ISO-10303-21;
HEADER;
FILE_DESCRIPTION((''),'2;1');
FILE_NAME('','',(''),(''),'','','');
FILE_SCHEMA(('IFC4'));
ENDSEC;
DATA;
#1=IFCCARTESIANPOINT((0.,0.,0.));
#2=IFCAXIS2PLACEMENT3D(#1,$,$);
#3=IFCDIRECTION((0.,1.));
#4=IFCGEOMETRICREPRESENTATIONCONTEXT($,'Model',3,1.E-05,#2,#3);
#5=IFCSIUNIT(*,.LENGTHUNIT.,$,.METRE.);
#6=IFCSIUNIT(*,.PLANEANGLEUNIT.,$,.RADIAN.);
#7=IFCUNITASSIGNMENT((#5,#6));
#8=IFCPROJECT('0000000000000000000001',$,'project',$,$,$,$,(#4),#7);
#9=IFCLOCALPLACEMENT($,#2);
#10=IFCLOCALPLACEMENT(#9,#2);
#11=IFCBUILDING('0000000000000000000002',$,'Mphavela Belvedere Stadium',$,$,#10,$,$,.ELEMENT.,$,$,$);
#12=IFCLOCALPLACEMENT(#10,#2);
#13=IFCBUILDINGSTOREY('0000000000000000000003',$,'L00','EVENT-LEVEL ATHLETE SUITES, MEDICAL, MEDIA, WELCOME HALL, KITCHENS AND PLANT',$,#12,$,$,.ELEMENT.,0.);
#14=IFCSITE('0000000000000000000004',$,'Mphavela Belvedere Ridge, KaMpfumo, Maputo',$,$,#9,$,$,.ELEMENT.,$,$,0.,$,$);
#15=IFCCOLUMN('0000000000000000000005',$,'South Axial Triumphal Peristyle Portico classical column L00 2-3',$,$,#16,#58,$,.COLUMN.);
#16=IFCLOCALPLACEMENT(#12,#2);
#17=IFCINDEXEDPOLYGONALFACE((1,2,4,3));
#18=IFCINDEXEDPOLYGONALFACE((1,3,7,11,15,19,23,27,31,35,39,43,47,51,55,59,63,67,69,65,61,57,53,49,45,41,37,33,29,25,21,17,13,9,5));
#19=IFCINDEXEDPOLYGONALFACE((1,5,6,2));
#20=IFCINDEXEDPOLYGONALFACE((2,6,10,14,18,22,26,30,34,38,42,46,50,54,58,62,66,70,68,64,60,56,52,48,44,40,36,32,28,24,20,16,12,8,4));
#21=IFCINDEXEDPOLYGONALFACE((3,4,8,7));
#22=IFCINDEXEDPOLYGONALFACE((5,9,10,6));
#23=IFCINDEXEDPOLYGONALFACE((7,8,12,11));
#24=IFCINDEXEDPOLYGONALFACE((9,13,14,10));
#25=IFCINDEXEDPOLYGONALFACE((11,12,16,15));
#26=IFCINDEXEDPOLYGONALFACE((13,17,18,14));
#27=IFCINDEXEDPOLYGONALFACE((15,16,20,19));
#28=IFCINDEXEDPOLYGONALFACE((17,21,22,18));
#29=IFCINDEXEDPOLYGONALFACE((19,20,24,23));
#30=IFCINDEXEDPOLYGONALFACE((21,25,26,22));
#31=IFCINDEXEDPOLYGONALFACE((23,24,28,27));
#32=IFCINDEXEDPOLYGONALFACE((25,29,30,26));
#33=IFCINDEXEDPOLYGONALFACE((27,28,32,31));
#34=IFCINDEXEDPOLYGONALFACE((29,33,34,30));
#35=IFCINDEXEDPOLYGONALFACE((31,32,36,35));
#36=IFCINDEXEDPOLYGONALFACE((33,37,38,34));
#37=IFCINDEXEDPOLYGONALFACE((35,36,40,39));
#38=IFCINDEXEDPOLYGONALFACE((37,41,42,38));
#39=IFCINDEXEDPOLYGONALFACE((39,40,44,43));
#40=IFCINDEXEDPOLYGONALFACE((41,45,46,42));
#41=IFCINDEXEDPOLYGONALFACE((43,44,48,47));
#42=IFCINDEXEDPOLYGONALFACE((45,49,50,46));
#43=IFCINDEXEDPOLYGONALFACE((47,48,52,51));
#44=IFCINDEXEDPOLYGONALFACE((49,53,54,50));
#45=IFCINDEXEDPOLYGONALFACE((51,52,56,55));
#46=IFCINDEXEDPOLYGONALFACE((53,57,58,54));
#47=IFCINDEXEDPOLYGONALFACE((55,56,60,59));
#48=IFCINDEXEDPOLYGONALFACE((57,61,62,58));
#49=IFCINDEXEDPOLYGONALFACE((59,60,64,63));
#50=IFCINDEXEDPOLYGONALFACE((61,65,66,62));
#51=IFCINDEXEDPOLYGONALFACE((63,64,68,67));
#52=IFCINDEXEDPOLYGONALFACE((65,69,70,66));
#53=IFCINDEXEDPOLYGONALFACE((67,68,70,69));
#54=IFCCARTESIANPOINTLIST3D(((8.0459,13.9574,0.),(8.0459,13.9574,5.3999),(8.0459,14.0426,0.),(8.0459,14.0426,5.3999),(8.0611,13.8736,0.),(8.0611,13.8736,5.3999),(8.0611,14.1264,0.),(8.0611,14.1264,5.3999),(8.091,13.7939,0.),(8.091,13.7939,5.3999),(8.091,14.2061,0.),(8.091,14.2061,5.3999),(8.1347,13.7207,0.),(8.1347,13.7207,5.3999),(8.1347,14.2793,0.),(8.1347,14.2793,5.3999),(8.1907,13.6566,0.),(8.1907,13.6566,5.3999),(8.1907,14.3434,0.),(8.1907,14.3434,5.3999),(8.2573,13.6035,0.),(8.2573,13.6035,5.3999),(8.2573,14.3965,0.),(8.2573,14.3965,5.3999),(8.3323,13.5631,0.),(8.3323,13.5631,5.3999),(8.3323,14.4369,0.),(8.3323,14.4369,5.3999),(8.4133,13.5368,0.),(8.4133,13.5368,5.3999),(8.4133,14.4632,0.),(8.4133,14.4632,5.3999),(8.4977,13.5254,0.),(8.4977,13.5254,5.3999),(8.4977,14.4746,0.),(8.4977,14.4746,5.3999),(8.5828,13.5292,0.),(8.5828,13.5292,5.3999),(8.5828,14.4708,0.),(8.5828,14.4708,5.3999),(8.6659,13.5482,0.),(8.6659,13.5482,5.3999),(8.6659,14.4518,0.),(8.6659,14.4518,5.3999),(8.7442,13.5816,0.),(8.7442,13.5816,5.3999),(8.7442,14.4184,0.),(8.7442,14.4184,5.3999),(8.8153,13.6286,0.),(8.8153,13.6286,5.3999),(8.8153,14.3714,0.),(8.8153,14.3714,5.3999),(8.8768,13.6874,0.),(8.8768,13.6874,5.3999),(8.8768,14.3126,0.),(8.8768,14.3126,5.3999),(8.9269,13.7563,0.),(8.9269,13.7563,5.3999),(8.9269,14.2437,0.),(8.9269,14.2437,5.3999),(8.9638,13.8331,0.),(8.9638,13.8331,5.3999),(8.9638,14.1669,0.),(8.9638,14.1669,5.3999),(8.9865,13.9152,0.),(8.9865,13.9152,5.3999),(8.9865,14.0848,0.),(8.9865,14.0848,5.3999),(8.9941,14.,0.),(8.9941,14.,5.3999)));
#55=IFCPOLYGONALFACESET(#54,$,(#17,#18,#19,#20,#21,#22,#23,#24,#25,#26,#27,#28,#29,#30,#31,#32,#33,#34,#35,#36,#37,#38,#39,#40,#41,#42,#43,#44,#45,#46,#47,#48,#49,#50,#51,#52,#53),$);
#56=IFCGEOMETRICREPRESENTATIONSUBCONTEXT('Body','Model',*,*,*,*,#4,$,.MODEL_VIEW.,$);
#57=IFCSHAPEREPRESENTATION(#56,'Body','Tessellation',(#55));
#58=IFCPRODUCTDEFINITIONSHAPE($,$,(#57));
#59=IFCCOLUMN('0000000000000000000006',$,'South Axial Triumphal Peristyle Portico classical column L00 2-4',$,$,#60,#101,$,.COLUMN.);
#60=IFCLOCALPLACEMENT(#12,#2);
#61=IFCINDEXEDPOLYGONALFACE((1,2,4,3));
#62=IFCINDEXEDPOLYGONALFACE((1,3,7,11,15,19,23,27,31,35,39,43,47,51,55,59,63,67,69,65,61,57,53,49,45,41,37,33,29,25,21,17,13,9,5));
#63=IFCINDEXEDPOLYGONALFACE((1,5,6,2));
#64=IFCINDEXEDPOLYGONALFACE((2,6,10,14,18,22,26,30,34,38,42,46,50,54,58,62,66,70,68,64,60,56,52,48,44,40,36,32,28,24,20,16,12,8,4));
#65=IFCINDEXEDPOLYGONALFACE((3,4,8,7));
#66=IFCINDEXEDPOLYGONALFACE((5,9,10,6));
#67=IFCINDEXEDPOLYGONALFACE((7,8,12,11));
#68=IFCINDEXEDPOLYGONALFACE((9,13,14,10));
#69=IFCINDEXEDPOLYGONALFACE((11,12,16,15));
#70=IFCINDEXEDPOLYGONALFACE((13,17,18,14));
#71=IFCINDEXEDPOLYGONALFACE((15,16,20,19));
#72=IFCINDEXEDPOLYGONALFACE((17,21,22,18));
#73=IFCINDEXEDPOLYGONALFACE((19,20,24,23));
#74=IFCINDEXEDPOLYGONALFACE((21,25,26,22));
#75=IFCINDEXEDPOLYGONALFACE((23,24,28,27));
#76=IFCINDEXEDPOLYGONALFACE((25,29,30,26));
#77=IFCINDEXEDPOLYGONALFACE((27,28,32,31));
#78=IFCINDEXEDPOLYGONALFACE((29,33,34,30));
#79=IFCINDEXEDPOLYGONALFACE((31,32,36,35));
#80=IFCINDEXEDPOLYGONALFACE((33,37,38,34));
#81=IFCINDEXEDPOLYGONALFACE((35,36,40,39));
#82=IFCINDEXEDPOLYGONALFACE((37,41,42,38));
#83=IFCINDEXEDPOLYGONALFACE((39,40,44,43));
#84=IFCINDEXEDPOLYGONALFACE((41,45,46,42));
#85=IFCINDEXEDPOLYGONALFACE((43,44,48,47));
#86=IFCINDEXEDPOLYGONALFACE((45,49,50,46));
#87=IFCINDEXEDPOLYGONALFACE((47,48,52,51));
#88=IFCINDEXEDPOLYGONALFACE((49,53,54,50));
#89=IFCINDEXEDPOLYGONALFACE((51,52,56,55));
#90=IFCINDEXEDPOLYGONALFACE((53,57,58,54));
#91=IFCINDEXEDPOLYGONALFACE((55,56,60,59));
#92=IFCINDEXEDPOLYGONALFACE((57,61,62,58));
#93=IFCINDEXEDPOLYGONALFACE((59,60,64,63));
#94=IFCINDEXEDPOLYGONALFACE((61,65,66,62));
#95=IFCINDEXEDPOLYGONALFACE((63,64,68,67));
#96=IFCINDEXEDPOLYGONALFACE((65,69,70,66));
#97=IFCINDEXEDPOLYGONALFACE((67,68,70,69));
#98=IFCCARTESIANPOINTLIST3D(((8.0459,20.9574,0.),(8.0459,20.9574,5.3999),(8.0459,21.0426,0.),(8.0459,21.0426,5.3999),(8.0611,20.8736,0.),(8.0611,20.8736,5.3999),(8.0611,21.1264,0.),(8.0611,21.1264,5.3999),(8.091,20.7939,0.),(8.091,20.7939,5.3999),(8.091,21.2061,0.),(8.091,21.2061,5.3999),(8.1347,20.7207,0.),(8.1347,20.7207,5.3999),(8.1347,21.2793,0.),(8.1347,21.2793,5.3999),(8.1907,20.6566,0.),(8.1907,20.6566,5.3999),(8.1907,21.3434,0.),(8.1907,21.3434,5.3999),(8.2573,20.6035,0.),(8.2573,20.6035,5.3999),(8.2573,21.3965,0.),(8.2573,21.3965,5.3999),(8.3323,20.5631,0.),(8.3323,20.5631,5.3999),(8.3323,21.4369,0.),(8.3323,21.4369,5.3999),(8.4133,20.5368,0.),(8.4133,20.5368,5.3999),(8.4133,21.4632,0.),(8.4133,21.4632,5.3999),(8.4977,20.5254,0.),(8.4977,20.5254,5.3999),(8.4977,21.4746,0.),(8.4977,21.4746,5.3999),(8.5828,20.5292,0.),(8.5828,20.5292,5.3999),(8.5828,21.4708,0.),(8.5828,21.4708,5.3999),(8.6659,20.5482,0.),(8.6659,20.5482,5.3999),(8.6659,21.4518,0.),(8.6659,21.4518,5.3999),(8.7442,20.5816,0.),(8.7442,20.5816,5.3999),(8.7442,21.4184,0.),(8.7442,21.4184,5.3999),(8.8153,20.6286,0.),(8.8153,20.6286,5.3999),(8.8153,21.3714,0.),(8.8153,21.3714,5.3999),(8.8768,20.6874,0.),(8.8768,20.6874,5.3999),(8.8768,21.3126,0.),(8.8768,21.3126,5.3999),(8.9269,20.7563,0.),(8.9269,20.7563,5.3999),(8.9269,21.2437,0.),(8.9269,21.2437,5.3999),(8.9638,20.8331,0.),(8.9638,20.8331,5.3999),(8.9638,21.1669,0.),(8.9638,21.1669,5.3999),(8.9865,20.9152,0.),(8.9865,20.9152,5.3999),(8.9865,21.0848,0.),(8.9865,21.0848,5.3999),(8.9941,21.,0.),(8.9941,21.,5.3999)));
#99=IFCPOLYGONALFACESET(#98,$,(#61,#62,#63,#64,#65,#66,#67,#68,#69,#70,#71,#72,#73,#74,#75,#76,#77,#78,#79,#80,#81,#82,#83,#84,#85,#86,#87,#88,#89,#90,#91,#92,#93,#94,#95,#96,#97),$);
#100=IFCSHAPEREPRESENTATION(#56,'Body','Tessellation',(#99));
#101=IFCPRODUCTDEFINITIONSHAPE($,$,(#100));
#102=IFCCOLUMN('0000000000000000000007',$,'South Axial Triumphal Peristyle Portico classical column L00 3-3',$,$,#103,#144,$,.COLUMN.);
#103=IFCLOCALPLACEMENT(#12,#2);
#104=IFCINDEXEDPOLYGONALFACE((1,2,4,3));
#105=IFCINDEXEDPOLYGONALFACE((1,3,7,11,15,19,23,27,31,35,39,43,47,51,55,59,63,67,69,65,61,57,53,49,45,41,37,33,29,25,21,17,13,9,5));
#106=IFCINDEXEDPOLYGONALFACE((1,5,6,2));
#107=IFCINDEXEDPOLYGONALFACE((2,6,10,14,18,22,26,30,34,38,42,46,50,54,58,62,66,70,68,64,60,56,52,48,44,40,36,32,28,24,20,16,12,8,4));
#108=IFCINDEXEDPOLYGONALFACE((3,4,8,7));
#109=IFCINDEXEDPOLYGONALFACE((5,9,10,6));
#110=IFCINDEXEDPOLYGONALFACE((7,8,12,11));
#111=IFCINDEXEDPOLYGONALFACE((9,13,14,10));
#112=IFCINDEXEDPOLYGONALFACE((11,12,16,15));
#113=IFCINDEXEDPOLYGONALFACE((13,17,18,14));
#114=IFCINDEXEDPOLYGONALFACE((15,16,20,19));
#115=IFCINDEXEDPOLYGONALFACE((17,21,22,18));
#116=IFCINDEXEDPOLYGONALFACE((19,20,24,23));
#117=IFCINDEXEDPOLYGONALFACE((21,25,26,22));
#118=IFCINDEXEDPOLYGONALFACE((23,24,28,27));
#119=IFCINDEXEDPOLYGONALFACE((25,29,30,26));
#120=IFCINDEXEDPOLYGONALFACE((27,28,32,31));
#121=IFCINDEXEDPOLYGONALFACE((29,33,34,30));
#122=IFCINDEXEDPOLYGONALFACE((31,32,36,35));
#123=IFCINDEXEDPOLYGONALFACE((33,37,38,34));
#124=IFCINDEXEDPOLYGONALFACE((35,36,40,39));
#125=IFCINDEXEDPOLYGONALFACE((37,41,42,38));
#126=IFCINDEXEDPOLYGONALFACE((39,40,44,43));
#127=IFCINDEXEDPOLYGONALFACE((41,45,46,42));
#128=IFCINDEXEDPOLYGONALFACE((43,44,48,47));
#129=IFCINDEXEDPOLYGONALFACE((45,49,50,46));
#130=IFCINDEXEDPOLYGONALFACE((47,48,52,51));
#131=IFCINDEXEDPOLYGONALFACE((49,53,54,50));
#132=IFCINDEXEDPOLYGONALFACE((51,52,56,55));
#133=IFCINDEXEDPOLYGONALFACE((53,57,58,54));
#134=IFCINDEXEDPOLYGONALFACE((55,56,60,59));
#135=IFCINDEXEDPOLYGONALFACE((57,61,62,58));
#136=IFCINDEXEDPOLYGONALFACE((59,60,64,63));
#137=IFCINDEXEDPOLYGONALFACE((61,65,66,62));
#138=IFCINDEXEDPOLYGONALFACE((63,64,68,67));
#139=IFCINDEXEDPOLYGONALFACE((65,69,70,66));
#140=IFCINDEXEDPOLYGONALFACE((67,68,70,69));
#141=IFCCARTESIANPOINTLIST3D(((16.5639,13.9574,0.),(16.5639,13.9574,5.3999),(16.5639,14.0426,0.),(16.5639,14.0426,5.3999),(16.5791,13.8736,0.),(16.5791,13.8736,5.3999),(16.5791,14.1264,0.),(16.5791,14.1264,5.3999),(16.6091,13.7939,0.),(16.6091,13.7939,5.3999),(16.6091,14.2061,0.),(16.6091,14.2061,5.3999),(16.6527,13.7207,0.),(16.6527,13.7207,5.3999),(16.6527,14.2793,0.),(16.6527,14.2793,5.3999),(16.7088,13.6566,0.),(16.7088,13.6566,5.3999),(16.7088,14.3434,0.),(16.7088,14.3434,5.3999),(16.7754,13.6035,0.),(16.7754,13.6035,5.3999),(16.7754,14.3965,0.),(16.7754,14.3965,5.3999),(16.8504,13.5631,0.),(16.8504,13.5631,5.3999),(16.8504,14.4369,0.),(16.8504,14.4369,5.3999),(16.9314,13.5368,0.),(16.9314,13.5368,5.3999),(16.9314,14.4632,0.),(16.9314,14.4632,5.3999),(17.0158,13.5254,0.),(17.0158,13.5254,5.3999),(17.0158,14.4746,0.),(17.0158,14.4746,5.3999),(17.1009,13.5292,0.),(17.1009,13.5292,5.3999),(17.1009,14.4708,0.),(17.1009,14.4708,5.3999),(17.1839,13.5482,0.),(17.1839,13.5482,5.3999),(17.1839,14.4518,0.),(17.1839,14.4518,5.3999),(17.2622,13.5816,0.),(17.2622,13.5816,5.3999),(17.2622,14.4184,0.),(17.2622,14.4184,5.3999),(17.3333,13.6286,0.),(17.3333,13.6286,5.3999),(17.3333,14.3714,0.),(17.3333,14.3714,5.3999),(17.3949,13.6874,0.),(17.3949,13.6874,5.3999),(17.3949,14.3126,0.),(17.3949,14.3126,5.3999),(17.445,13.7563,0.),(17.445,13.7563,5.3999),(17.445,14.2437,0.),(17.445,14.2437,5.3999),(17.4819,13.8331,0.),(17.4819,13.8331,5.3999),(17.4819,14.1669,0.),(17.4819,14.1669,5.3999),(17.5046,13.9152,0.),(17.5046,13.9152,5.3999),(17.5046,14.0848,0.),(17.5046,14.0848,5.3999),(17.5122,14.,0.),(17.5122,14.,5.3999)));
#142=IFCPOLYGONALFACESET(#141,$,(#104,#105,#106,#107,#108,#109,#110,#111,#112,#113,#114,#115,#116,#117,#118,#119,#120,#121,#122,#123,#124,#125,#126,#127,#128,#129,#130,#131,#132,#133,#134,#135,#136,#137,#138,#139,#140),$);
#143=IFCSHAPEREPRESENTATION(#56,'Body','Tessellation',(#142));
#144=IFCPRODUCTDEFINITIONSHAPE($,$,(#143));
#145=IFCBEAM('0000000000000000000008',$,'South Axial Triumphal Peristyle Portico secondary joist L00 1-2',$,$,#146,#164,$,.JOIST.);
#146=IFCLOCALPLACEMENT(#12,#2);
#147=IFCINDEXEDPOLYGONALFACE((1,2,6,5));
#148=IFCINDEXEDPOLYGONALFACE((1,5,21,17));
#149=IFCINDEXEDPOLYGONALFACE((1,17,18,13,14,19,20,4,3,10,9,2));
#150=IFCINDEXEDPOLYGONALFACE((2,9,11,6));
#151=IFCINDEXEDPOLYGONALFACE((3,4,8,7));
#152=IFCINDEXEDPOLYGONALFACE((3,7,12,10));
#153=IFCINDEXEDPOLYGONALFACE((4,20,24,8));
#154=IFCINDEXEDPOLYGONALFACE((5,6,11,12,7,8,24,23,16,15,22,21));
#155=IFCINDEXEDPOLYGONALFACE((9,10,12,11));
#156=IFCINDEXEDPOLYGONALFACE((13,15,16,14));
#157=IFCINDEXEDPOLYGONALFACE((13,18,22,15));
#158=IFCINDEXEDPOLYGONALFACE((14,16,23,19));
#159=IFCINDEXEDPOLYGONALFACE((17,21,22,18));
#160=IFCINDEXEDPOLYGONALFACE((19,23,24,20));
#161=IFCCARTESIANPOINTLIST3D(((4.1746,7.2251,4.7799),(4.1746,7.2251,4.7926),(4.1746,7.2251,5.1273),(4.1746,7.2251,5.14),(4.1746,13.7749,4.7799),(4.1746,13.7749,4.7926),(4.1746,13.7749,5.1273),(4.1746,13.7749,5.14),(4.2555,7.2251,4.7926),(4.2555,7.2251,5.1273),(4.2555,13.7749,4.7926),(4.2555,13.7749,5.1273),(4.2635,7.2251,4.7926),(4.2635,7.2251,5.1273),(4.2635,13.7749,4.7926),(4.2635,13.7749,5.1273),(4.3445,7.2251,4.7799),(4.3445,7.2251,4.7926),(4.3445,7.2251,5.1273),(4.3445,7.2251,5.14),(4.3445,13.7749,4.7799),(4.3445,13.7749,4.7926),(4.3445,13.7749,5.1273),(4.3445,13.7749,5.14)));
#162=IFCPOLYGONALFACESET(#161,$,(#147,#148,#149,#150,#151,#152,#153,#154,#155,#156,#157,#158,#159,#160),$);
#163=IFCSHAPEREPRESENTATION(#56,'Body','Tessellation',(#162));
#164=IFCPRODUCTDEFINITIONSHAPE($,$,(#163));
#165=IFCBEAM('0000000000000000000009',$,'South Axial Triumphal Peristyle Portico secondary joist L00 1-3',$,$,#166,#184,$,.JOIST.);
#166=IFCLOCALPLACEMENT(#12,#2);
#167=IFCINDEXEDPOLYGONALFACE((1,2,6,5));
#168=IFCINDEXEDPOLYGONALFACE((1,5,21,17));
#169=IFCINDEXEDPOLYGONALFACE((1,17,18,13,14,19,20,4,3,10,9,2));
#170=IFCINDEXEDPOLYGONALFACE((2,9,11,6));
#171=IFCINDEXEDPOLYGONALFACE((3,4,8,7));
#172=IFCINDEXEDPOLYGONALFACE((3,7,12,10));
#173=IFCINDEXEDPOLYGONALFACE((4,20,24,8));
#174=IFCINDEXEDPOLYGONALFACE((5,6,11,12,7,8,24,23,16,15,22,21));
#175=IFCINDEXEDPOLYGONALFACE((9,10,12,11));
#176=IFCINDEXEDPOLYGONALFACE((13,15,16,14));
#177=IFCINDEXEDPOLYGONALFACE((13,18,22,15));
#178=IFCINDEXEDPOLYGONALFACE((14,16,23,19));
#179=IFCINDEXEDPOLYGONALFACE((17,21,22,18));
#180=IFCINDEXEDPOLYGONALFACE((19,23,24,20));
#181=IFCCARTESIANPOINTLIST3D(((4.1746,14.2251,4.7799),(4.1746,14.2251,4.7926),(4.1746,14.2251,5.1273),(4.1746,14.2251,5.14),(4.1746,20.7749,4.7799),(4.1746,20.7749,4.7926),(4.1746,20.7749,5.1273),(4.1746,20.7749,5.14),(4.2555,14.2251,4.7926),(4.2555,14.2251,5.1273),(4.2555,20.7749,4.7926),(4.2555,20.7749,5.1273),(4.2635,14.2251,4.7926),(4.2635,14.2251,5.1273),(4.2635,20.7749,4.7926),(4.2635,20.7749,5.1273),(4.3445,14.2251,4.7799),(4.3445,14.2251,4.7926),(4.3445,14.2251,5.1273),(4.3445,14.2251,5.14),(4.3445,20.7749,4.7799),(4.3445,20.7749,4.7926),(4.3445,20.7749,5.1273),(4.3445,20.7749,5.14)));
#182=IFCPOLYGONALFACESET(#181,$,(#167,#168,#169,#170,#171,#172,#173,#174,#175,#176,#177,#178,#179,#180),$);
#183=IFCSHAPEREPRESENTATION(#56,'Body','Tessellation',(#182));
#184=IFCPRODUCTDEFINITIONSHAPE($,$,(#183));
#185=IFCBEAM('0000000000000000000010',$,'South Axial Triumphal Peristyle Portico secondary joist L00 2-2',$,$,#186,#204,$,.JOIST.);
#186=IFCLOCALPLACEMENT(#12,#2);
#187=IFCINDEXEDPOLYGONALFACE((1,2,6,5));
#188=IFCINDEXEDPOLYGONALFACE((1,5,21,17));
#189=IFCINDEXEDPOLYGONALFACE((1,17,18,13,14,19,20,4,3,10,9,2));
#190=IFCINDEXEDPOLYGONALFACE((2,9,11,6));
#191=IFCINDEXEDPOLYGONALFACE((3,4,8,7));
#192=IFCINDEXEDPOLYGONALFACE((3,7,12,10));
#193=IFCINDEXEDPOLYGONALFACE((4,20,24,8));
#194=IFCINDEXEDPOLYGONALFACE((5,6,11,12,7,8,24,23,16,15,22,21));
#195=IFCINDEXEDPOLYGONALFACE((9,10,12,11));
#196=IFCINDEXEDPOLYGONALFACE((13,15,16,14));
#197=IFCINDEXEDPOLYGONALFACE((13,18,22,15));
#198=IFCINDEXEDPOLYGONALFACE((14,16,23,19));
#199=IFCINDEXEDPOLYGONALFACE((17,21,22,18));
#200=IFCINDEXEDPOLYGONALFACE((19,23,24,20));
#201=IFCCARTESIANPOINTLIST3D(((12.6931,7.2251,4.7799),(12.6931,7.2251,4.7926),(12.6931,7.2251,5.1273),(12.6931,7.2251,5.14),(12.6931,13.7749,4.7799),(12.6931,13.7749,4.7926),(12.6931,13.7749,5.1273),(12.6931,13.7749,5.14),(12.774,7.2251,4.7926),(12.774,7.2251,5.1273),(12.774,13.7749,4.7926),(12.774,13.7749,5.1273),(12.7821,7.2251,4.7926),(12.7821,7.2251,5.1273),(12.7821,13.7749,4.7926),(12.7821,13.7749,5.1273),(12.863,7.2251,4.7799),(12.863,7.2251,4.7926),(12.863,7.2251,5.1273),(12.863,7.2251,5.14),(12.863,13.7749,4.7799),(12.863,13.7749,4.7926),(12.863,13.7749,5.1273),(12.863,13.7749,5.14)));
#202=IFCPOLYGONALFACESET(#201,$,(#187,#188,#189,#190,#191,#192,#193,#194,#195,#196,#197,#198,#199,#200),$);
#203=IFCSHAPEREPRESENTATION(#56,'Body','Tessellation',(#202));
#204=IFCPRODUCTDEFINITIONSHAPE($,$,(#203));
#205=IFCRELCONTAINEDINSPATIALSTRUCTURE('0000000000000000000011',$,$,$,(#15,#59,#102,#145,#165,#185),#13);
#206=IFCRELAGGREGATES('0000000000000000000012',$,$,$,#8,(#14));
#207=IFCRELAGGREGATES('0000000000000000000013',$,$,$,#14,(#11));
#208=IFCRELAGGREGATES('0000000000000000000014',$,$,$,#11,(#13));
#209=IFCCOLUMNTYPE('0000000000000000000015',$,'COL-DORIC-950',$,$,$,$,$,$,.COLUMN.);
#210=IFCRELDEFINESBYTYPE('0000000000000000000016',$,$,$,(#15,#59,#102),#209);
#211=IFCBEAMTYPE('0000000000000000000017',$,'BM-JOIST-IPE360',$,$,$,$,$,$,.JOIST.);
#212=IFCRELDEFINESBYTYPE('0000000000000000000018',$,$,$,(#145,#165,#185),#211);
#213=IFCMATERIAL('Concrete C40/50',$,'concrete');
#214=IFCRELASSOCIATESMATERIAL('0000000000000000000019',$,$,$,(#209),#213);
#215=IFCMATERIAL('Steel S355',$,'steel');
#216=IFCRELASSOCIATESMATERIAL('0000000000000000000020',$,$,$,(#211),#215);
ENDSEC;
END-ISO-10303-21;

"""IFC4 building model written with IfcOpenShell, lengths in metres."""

from ifc_helpers import new_model, si_unit, direction, frame, origin, origin_2d, place, context, subcontext, project, spatial, circle, i_section, extrude, material, material_profile, profile_set, type_object, element, save


model = new_model("IFC4")

# Units and contexts
model_context = context("Model", 3, precision=1e-05, world=origin(), true_north=direction((0.0, 1.0)))
body_context = subcontext(model_context, "Body", "Model", "MODEL_VIEW")
ifc_project = project(units=[si_unit("LENGTHUNIT", "METRE"), si_unit("PLANEANGLEUNIT", "RADIAN")], contexts=[model_context])

# Site, building, storey
site_placement = place(None, origin())
site = spatial("IfcSite", under=ifc_project, at=site_placement, Name="Mphavela Belvedere Ridge, KaMpfumo, Maputo", CompositionType="ELEMENT", RefElevation=0.0)
building_placement = place(site_placement, origin())
building = spatial("IfcBuilding", under=site, at=building_placement, Name="Mphavela Belvedere Stadium", CompositionType="ELEMENT")
storey_placement = place(building_placement, origin())
storey = spatial("IfcBuildingStorey", under=building, at=storey_placement, Name="L00", Description="EVENT-LEVEL ATHLETE SUITES, MEDICAL, MEDIA, WELCOME HALL, KITCHENS AND PLANT", CompositionType="ELEMENT", Elevation=0.0)

# Columns
ifc_material_1 = material(Name="Concrete C40/50", Category="concrete")
ifc_material_profile_1 = material_profile(ifc_material_1, circle(Radius=0.4751, at=origin_2d()), Name="COL D950")
ifc_profile_set_1 = profile_set([ifc_material_profile_1], Name="Concrete C40/50")
column_type = type_object("IfcColumnType", Name="COL-DORIC-950", PredefinedType="COLUMN", material=ifc_profile_set_1)
for number, where, z_axis, x_axis, name in (
    (1, (8.519, 14.0, 0.0), (0.0, 0.0, 1.0), (1.0, 0.0, 0.0), "South Axial Triumphal Peristyle Portico classical column L00 2-3"),
    (2, (8.519, 21.0, 0.0), (0.0, 0.0, 1.0), (1.0, 0.0, 0.0), "South Axial Triumphal Peristyle Portico classical column L00 2-4"),
    (3, (17.0371, 14.0, 0.0), (0.0, 0.0, 1.0), (1.0, 0.0, 0.0), "South Axial Triumphal Peristyle Portico classical column L00 3-3"),
):
    element("IfcColumn", number, at=place(storey_placement, frame(where, z_axis=z_axis, x_axis=x_axis)), inside=storey, type_object=column_type, Name=name, PredefinedType="COLUMN", context=body_context, shape_type="SweptSolid", body=[
        extrude(circle(Radius=0.4751, at=origin_2d()), origin(), (0.0, 0.0, 1.0), 5.3999),
    ])

# Beams
ifc_material_2 = material(Name="Steel S355", Category="steel")
ifc_material_profile_2 = material_profile(ifc_material_2, i_section(OverallWidth=0.1699, OverallDepth=0.3601, WebThickness=0.0081, FlangeThickness=0.0127, at=origin_2d()), Name="IPE 360")
ifc_profile_set_2 = profile_set([ifc_material_profile_2], Name="Steel S355")
beam_type_1 = type_object("IfcBeamType", Name="BM-JOIST-IPE360", PredefinedType="JOIST", material=ifc_profile_set_2)
for number, where, z_axis, x_axis, name in (
    (4, (4.2595, 7.2251, 4.96), (0.0, 1.0, 0.0), (-1.0, 0.0, 0.0), "South Axial Triumphal Peristyle Portico secondary joist L00 1-2"),
    (5, (4.2595, 14.2251, 4.96), (0.0, 1.0, 0.0), (-1.0, 0.0, 0.0), "South Axial Triumphal Peristyle Portico secondary joist L00 1-3"),
    (6, (12.7781, 7.2251, 4.96), (0.0, 1.0, 0.0), (-1.0, 0.0, 0.0), "South Axial Triumphal Peristyle Portico secondary joist L00 2-2"),
):
    element("IfcBeam", number, at=place(storey_placement, frame(where, z_axis=z_axis, x_axis=x_axis)), inside=storey, type_object=beam_type_1, Name=name, PredefinedType="JOIST", context=body_context, shape_type="SweptSolid", body=[
        extrude(i_section(OverallWidth=0.1699, OverallDepth=0.3601, WebThickness=0.0081, FlangeThickness=0.0127, at=origin_2d()), origin(), (0.0, 0.0, 1.0), 6.5498),
    ])

save(model, "model.ifc")
